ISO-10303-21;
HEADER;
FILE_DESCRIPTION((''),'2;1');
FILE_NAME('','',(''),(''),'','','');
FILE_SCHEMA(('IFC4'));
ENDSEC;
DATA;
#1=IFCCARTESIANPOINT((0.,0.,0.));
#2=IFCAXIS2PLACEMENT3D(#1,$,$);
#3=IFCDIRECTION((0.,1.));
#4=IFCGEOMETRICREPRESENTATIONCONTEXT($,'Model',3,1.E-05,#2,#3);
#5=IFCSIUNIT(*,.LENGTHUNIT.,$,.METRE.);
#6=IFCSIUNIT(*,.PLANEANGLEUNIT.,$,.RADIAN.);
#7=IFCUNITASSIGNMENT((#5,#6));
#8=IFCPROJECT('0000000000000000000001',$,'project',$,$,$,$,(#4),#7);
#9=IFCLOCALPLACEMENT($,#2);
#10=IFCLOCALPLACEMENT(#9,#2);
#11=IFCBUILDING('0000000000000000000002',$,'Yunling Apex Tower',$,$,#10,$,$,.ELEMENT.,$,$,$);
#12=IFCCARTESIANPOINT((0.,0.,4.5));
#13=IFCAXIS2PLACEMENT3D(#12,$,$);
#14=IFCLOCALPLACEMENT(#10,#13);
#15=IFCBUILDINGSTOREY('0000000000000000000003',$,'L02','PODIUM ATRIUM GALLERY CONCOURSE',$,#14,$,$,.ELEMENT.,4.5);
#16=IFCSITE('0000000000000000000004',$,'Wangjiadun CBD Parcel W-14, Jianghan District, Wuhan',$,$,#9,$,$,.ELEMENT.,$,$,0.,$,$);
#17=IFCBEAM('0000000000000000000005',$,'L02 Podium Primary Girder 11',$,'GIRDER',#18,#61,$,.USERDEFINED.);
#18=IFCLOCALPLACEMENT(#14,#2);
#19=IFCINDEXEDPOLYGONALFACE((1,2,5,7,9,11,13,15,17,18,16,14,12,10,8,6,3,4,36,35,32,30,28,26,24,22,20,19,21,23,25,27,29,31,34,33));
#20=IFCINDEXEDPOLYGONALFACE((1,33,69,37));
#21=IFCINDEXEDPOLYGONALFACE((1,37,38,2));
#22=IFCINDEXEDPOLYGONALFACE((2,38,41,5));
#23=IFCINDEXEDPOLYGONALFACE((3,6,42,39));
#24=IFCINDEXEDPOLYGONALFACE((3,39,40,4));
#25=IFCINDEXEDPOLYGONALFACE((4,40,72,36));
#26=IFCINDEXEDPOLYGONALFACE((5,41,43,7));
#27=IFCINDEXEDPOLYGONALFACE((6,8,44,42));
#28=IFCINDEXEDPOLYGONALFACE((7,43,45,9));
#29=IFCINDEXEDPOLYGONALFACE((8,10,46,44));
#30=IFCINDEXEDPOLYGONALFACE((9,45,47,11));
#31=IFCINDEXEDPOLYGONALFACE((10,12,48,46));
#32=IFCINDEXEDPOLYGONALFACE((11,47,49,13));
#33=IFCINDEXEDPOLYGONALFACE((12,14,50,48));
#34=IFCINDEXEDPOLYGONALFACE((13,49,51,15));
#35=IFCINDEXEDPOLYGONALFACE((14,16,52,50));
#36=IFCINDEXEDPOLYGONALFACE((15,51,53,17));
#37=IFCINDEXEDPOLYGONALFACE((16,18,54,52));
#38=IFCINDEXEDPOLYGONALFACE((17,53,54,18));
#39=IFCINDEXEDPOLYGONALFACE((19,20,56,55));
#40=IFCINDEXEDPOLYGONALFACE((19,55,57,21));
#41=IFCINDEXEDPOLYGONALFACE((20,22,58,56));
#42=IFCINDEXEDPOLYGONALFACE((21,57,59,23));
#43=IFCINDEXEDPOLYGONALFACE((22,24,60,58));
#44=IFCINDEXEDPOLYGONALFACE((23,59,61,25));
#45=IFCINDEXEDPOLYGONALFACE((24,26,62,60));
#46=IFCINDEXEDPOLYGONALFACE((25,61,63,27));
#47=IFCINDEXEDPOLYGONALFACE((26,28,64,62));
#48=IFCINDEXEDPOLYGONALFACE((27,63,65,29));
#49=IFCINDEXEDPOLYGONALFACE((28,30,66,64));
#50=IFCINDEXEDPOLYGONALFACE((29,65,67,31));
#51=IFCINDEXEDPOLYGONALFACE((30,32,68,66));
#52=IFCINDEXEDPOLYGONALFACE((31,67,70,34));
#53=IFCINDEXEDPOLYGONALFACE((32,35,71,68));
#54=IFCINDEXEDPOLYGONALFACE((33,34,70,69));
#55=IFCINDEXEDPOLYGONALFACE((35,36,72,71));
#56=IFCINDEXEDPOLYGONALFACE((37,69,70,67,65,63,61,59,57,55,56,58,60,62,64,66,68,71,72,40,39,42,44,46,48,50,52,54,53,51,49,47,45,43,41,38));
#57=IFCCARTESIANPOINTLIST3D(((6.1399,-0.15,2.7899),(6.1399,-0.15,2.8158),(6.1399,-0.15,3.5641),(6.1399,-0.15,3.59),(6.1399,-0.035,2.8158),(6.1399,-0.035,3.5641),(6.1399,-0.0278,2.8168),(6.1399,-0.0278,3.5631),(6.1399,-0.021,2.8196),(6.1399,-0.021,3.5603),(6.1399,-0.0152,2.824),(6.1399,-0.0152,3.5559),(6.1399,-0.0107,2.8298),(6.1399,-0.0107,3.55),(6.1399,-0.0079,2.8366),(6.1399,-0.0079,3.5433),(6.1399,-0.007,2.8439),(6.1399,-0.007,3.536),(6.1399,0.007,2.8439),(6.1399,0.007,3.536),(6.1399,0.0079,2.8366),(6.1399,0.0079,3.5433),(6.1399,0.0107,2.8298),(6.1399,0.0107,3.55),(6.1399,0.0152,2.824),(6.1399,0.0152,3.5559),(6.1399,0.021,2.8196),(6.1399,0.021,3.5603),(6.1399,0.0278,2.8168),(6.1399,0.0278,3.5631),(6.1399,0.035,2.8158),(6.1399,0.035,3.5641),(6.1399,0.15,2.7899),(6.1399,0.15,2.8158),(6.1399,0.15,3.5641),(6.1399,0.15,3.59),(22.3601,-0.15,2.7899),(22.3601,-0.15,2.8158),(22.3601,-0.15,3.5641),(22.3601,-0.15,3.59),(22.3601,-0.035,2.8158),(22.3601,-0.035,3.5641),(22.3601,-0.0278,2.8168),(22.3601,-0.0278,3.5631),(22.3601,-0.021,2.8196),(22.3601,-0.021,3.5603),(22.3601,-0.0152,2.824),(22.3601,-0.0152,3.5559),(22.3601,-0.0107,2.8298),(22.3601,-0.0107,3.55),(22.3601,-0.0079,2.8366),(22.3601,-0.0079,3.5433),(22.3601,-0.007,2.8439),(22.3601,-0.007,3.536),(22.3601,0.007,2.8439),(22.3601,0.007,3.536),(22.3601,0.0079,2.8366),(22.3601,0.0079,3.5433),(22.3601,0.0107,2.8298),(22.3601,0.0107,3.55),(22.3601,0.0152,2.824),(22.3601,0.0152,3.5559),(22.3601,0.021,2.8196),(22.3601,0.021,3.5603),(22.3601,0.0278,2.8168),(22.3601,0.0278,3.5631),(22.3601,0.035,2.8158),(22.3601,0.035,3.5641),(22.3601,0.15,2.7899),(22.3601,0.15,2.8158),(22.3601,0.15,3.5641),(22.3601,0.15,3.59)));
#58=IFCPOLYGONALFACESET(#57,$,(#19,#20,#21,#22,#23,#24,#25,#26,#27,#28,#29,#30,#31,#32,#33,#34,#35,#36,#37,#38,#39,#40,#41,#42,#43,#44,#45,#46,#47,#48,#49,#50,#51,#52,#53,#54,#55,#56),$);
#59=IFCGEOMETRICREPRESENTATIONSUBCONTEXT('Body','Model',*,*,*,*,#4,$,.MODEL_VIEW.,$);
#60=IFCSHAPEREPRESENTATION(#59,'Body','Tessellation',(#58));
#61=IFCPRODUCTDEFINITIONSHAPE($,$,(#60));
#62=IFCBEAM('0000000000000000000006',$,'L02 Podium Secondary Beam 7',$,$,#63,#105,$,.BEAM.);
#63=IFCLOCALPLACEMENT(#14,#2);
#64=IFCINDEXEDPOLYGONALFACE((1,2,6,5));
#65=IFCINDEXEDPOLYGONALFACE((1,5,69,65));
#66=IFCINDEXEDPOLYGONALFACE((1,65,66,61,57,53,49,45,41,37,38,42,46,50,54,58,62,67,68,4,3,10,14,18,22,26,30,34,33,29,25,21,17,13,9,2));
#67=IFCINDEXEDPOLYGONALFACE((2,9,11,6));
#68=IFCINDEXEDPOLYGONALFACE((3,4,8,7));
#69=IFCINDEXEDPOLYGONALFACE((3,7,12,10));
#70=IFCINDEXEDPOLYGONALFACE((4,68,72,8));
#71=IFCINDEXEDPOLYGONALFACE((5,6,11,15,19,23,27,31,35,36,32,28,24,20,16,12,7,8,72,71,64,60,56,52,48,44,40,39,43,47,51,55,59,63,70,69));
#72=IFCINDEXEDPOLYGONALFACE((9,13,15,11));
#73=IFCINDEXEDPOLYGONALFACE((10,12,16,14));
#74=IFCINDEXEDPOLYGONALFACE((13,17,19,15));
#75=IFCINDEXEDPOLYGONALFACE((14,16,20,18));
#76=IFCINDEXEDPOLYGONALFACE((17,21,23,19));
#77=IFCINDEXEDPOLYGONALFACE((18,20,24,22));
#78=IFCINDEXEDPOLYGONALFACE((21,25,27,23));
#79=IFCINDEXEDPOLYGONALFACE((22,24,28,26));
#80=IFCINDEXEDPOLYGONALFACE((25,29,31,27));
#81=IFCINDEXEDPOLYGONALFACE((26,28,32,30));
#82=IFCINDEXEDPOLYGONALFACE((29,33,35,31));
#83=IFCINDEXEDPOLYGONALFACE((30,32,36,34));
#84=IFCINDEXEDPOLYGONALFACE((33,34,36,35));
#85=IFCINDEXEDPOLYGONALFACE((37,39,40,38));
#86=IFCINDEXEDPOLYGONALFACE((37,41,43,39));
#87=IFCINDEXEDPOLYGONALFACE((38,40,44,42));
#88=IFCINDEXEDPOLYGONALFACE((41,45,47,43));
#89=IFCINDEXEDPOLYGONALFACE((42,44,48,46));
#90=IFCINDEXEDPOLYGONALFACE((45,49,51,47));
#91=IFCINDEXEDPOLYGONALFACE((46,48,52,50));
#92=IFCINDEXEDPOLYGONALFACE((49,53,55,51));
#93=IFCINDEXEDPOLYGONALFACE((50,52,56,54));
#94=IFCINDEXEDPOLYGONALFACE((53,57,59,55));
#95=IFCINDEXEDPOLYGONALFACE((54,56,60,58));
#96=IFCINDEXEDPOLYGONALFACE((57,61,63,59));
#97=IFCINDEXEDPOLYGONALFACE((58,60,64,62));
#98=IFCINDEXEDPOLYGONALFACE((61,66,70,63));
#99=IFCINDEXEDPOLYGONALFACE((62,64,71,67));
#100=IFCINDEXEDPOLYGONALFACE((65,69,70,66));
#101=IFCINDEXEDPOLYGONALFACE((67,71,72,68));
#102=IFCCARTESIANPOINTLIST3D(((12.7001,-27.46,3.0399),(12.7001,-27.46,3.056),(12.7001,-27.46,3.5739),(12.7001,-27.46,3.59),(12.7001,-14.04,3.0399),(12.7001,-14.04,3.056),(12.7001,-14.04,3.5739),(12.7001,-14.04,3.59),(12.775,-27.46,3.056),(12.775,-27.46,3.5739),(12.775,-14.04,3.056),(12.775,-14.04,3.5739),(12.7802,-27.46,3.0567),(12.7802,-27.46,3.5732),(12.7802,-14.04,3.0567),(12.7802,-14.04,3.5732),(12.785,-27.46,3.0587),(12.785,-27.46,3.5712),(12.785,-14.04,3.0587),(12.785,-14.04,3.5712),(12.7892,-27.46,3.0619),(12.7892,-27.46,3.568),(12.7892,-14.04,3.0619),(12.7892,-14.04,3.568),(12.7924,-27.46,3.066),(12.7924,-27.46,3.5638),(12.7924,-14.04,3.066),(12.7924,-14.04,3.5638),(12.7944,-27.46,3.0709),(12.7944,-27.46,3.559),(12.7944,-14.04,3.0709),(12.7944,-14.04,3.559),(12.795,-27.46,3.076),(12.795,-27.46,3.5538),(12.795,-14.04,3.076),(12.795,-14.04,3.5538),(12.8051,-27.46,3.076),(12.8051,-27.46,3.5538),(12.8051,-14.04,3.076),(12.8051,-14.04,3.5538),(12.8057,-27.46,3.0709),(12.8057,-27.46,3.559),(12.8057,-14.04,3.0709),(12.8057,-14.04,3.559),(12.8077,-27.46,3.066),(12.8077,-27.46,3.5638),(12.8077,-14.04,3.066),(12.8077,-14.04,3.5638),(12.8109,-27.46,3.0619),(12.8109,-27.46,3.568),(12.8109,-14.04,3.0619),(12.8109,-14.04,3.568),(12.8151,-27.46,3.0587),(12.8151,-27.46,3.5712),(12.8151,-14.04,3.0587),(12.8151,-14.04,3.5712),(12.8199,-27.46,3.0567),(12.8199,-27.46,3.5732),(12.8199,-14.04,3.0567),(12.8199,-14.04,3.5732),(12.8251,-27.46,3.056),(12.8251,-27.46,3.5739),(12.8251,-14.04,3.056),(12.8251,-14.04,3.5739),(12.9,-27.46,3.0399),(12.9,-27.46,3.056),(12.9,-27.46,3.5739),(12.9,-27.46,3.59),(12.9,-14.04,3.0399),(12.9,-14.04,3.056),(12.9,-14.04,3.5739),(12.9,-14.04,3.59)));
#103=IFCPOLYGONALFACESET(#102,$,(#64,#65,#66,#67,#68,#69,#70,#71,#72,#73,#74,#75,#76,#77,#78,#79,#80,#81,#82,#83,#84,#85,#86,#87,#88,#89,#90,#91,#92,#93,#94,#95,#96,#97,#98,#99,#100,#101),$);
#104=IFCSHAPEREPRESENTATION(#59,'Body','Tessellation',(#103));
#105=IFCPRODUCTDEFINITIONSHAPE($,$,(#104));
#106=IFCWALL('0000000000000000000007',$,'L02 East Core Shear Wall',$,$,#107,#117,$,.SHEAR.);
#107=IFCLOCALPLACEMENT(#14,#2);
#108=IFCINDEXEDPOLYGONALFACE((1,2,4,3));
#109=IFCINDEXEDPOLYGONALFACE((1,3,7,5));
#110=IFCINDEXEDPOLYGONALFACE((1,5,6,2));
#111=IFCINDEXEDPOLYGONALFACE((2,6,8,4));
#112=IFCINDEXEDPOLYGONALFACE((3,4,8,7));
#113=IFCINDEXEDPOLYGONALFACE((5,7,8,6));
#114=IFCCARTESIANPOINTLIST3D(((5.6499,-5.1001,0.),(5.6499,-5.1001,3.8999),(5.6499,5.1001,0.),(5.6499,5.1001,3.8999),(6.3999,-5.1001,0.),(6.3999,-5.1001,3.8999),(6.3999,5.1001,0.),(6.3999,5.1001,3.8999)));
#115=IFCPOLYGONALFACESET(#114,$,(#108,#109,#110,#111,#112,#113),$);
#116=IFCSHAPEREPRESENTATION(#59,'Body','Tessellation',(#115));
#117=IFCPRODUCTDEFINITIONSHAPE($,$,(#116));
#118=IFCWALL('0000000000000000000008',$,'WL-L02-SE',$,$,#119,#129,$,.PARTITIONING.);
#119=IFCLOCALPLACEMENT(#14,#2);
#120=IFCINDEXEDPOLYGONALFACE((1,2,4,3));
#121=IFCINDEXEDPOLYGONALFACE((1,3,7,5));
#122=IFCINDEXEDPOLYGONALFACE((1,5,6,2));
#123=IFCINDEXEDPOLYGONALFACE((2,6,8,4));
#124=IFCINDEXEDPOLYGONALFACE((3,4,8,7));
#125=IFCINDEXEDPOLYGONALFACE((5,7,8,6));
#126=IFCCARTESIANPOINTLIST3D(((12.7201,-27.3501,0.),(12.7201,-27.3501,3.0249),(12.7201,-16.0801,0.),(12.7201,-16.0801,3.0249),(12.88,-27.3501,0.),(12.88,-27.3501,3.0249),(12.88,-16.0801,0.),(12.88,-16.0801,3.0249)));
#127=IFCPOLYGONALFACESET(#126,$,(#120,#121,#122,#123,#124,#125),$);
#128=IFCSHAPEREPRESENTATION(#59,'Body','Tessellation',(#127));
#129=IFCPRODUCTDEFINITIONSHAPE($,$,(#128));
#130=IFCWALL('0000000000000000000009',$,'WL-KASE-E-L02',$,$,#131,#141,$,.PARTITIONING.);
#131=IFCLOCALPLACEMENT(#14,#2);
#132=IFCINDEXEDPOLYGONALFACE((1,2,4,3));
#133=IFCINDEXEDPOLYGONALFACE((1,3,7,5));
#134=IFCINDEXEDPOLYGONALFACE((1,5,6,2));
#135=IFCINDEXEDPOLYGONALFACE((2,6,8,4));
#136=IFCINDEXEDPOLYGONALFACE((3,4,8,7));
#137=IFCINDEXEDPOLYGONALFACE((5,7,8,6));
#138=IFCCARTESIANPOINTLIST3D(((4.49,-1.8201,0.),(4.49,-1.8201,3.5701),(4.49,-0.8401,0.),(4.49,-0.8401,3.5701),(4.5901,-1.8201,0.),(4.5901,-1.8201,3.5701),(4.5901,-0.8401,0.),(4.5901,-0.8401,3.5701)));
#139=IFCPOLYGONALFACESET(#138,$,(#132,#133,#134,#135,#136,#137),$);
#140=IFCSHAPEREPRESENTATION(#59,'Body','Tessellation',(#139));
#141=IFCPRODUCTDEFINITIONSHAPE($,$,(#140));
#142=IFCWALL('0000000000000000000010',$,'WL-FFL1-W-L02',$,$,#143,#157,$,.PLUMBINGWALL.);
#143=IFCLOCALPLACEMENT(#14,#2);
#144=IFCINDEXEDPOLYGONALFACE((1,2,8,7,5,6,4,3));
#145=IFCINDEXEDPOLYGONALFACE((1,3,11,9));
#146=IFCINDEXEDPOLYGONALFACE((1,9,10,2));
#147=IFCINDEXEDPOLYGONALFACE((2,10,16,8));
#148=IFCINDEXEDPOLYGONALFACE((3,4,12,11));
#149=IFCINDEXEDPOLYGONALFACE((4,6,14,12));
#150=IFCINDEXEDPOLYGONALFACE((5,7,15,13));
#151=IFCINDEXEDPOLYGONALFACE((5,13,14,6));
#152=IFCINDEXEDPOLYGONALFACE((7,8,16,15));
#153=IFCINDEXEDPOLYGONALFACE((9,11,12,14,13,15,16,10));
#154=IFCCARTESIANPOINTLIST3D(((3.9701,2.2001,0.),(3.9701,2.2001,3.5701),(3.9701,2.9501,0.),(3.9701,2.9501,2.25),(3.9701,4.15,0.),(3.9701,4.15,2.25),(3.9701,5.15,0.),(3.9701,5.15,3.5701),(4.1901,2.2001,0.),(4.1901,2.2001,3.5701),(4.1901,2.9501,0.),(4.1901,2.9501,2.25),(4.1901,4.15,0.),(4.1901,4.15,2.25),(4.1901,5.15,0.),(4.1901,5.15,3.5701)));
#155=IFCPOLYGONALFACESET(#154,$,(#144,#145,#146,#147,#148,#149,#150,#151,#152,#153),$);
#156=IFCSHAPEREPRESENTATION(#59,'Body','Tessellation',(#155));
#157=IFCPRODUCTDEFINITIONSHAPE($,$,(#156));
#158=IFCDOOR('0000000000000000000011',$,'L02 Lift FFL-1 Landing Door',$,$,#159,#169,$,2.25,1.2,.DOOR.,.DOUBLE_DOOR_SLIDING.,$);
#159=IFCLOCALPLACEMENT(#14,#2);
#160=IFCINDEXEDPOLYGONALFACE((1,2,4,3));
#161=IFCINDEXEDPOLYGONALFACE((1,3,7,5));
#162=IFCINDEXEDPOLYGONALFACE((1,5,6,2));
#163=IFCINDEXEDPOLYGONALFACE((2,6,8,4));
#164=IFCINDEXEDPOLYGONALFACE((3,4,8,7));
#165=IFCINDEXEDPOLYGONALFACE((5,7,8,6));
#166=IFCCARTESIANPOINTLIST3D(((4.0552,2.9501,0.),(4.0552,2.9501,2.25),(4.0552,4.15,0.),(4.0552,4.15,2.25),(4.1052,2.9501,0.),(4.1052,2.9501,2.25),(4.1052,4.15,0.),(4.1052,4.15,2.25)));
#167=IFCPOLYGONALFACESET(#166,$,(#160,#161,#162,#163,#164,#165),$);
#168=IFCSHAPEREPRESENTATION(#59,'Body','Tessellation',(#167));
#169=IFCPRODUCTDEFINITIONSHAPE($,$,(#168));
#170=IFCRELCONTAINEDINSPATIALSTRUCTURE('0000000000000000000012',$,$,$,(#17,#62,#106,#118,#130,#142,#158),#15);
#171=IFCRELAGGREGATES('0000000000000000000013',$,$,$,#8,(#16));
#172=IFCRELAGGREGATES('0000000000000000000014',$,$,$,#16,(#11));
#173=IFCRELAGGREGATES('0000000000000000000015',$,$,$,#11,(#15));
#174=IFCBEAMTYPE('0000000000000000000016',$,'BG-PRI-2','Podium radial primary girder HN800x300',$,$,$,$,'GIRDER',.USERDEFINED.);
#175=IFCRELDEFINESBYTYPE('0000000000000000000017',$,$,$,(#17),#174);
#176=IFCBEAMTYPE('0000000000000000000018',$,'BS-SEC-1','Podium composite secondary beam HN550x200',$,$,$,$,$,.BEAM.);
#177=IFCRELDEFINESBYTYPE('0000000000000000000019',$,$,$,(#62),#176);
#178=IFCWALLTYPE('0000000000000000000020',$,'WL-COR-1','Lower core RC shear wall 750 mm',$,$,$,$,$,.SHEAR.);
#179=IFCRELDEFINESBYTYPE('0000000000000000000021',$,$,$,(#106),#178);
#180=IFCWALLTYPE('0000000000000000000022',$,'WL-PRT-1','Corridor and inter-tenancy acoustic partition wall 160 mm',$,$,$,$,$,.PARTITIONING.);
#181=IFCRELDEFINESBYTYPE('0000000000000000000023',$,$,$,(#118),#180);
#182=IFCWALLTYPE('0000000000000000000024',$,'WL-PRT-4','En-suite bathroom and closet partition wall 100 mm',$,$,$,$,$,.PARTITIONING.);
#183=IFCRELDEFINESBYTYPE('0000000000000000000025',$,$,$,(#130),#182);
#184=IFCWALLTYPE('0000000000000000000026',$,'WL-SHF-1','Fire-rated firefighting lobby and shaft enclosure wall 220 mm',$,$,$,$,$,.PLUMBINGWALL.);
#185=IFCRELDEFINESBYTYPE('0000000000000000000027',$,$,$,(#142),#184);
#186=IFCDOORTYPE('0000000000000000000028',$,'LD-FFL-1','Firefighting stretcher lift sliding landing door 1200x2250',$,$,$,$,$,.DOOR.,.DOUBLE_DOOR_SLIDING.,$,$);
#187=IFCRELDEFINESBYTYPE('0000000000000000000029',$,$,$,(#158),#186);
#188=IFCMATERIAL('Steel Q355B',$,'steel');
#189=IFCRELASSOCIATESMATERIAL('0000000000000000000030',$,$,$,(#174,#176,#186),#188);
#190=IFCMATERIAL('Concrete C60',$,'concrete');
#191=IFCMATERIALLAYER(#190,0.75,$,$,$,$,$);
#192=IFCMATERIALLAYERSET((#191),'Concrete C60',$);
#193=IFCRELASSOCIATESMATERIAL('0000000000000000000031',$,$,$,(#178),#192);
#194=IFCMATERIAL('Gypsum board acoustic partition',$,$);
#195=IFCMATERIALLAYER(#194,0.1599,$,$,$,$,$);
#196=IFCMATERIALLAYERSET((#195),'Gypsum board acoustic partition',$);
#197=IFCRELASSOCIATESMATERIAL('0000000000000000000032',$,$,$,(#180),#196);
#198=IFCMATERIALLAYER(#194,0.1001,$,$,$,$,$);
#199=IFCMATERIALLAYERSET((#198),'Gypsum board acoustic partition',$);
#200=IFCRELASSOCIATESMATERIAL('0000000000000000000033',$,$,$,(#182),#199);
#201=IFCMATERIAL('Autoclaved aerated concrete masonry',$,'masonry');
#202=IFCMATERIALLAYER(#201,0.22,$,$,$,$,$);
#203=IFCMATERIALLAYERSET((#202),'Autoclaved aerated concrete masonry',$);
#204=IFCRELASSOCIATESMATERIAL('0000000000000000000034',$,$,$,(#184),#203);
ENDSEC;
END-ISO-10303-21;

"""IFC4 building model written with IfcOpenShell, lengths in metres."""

from ifc_helpers import new_model, si_unit, direction, frame, frame_2d, origin, origin_2d, place, context, subcontext, project, spatial, rectangle, i_section, extrude, source, transform, mapped, material, layer, layer_set, material_profile, profile_set, type_object, element, fill, save


model = new_model("IFC4")

# Units and contexts
model_context = context("Model", 3, precision=1e-05, world=origin(), true_north=direction((0.0, 1.0)))
body_context = subcontext(model_context, "Body", "Model", "MODEL_VIEW")
ifc_project = project(units=[si_unit("LENGTHUNIT", "METRE"), si_unit("PLANEANGLEUNIT", "RADIAN")], contexts=[model_context])

# Site, building, storey
site_placement = place(None, origin())
site = spatial("IfcSite", under=ifc_project, at=site_placement, Name="Wangjiadun CBD Parcel W-14, Jianghan District, Wuhan", CompositionType="ELEMENT", RefElevation=0.0)
building_placement = place(site_placement, origin())
building = spatial("IfcBuilding", under=site, at=building_placement, Name="Yunling Apex Tower", CompositionType="ELEMENT")
storey_placement = place(building_placement, frame((0.0, 0.0, 4.5)))
storey = spatial("IfcBuildingStorey", under=building, at=storey_placement, Name="L02", Description="PODIUM ATRIUM GALLERY CONCOURSE", CompositionType="ELEMENT", Elevation=4.5)

# Shared definitions
ifc_material_1 = material(Name="Concrete C60", Category="concrete")

# Beams
ifc_material_2 = material(Name="Steel Q355B", Category="steel")
ifc_material_profile_1 = material_profile(ifc_material_2, i_section(OverallWidth=0.3, OverallDepth=0.8, WebThickness=0.0139, FlangeThickness=0.0259, FilletRadius=0.0281, at=origin_2d()))
ifc_profile_set_1 = profile_set([ifc_material_profile_1], Name="Steel Q355B")
beam_type_1 = type_object("IfcBeamType", Name="BG-PRI-2", Description="Podium radial primary girder HN800x300", ElementType="GIRDER", PredefinedType="USERDEFINED", material=ifc_profile_set_1)
shared_shape_1 = source(origin(), body_context, "Body", "SweptSolid", [
    extrude(i_section(OverallWidth=0.3, OverallDepth=0.8, WebThickness=0.0139, FlangeThickness=0.0259, FilletRadius=0.0281, at=origin_2d()), origin(), (0.0, 0.0, 1.0), 16.2202),
])
beam_1_placement = place(storey_placement, frame((6.1399, 0.0, 3.1899), z_axis=(1.0, 0.0, 0.0), x_axis=(0.0, 1.0, 0.0)))
element("IfcBeam", 1, at=beam_1_placement, inside=storey, type_object=beam_type_1, Name="L02 Podium Primary Girder 11", ObjectType="GIRDER", PredefinedType="USERDEFINED", context=body_context, shape_type="MappedRepresentation", body=[
    mapped(shared_shape_1, transform((0.0, 0.0, 0.0), scale=1.0)),
])
ifc_material_profile_2 = material_profile(ifc_material_2, i_section(OverallWidth=0.2, OverallDepth=0.55, WebThickness=0.01, FlangeThickness=0.0161, FilletRadius=0.02, at=origin_2d()))
ifc_profile_set_2 = profile_set([ifc_material_profile_2], Name="Steel Q355B")
beam_type_2 = type_object("IfcBeamType", Name="BS-SEC-1", Description="Podium composite secondary beam HN550x200", PredefinedType="BEAM", material=ifc_profile_set_2)
shared_shape_2 = source(origin(), body_context, "Body", "SweptSolid", [
    extrude(i_section(OverallWidth=0.2, OverallDepth=0.55, WebThickness=0.01, FlangeThickness=0.0161, FilletRadius=0.02, at=origin_2d()), origin(), (0.0, 0.0, 1.0), 13.4199),
])
beam_2_placement = place(storey_placement, frame((12.8, -27.46, 3.3149), z_axis=(0.0, 1.0, 0.0), x_axis=(-1.0, 0.0, 0.0)))
element("IfcBeam", 2, at=beam_2_placement, inside=storey, type_object=beam_type_2, Name="L02 Podium Secondary Beam 7", PredefinedType="BEAM", context=body_context, shape_type="MappedRepresentation", body=[
    mapped(shared_shape_2, transform((0.0, 0.0, 0.0), scale=1.0)),
])

# Walls
ifc_layer_1 = layer(ifc_material_1, 0.75)
ifc_layer_set_1 = layer_set([ifc_layer_1], Name="Concrete C60")
wall_type_1 = type_object("IfcWallType", Name="WL-COR-1", Description="Lower core RC shear wall 750 mm", PredefinedType="SHEAR", material=ifc_layer_set_1)
wall_1_placement = place(storey_placement, frame((6.0249, -5.1001, 0.0), z_axis=(0.0, 0.0, 1.0), x_axis=(0.0, 1.0, 0.0)))
element("IfcWall", 3, at=wall_1_placement, inside=storey, type_object=wall_type_1, Name="L02 East Core Shear Wall", PredefinedType="SHEAR", context=body_context, shape_type="SweptSolid", body=[
    extrude(rectangle(XDim=10.2002, YDim=0.75, at=frame_2d((5.1001, 0.0))), origin(), (0.0, 0.0, 1.0), 3.8999),
])
ifc_material_3 = material(Name="Gypsum board acoustic partition")
ifc_layer_2 = layer(ifc_material_3, 0.1599)
ifc_layer_set_2 = layer_set([ifc_layer_2], Name="Gypsum board acoustic partition")
wall_type_2 = type_object("IfcWallType", Name="WL-PRT-1", Description="Corridor and inter-tenancy acoustic partition wall 160 mm", PredefinedType="PARTITIONING", material=ifc_layer_set_2)
wall_2_placement = place(storey_placement, frame((12.8, -27.3501, 0.0), z_axis=(0.0, 0.0, 1.0), x_axis=(0.0, 1.0, 0.0)))
element("IfcWall", 4, at=wall_2_placement, inside=storey, type_object=wall_type_2, Name="WL-L02-SE", PredefinedType="PARTITIONING", context=body_context, shape_type="SweptSolid", body=[
    extrude(rectangle(XDim=11.27, YDim=0.1599, at=frame_2d((5.635, 0.0))), origin(), (0.0, 0.0, 1.0), 3.0249),
])
ifc_layer_3 = layer(ifc_material_3, 0.1001)
ifc_layer_set_3 = layer_set([ifc_layer_3], Name="Gypsum board acoustic partition")
wall_type_3 = type_object("IfcWallType", Name="WL-PRT-4", Description="En-suite bathroom and closet partition wall 100 mm", PredefinedType="PARTITIONING", material=ifc_layer_set_3)
wall_3_placement = place(storey_placement, frame((4.54, -1.8201, 0.0), z_axis=(0.0, 0.0, 1.0), x_axis=(0.0, 1.0, 0.0)))
element("IfcWall", 5, at=wall_3_placement, inside=storey, type_object=wall_type_3, Name="WL-KASE-E-L02", PredefinedType="PARTITIONING", context=body_context, shape_type="SweptSolid", body=[
    extrude(rectangle(XDim=0.98, YDim=0.1001, at=frame_2d((0.49, 0.0))), origin(), (0.0, 0.0, 1.0), 3.5701),
])

# Wall, opening, door
ifc_material_4 = material(Name="Autoclaved aerated concrete masonry", Category="masonry")
ifc_layer_4 = layer(ifc_material_4, 0.22)
ifc_layer_set_4 = layer_set([ifc_layer_4], Name="Autoclaved aerated concrete masonry")
wall_type_4 = type_object("IfcWallType", Name="WL-SHF-1", Description="Fire-rated firefighting lobby and shaft enclosure wall 220 mm", PredefinedType="PLUMBINGWALL", material=ifc_layer_set_4)
wall_4_placement = place(storey_placement, frame((4.0801, 2.2, 0.0), z_axis=(0.0, 0.0, 1.0), x_axis=(0.0, 1.0, 0.0)))
wall_4 = element("IfcWall", 6, at=wall_4_placement, inside=storey, type_object=wall_type_4, Name="WL-FFL1-W-L02", PredefinedType="PLUMBINGWALL", context=body_context, shape_type="SweptSolid", body=[
    extrude(rectangle(XDim=2.95, YDim=0.22, at=frame_2d((1.4751, 0.0))), origin(), (0.0, 0.0, 1.0), 3.5701),
])
opening_1_placement = place(wall_4_placement, frame((0.75, 0.0, 0.0)))
opening_1 = element("IfcOpeningElement", 7, at=opening_1_placement, cuts=wall_4, PredefinedType="OPENING", context=body_context, shape_type="SweptSolid", body=[
    extrude(rectangle(XDim=1.2, YDim=2.25, at=frame_2d((0.6001, 1.125))), frame((0.0, 0.1201, 0.0), z_axis=(0.0, -1.0, 0.0), x_axis=(1.0, 0.0, 0.0)), (0.0, 0.0, 1.0), 0.24),
])
door_type = type_object("IfcDoorType", Name="LD-FFL-1", Description="Firefighting stretcher lift sliding landing door 1200x2250", OperationType="DOUBLE_DOOR_SLIDING", PredefinedType="DOOR", material=ifc_material_2)
door_1_placement = place(opening_1_placement, origin())
door_1 = element("IfcDoor", 8, at=door_1_placement, inside=storey, type_object=door_type, Name="L02 Lift FFL-1 Landing Door", OperationType="DOUBLE_DOOR_SLIDING", OverallHeight=2.25, OverallWidth=1.2, PredefinedType="DOOR", context=body_context, shape_type="SweptSolid", body=[
    extrude(rectangle(XDim=1.2, YDim=2.25, at=frame_2d((0.6001, 1.125))), frame((0.0, 0.0249, 0.0), z_axis=(0.0, -1.0, 0.0), x_axis=(1.0, 0.0, 0.0)), (0.0, 0.0, 1.0), 0.05),
])
fill(opening_1, door_1)

save(model, "model.ifc")
